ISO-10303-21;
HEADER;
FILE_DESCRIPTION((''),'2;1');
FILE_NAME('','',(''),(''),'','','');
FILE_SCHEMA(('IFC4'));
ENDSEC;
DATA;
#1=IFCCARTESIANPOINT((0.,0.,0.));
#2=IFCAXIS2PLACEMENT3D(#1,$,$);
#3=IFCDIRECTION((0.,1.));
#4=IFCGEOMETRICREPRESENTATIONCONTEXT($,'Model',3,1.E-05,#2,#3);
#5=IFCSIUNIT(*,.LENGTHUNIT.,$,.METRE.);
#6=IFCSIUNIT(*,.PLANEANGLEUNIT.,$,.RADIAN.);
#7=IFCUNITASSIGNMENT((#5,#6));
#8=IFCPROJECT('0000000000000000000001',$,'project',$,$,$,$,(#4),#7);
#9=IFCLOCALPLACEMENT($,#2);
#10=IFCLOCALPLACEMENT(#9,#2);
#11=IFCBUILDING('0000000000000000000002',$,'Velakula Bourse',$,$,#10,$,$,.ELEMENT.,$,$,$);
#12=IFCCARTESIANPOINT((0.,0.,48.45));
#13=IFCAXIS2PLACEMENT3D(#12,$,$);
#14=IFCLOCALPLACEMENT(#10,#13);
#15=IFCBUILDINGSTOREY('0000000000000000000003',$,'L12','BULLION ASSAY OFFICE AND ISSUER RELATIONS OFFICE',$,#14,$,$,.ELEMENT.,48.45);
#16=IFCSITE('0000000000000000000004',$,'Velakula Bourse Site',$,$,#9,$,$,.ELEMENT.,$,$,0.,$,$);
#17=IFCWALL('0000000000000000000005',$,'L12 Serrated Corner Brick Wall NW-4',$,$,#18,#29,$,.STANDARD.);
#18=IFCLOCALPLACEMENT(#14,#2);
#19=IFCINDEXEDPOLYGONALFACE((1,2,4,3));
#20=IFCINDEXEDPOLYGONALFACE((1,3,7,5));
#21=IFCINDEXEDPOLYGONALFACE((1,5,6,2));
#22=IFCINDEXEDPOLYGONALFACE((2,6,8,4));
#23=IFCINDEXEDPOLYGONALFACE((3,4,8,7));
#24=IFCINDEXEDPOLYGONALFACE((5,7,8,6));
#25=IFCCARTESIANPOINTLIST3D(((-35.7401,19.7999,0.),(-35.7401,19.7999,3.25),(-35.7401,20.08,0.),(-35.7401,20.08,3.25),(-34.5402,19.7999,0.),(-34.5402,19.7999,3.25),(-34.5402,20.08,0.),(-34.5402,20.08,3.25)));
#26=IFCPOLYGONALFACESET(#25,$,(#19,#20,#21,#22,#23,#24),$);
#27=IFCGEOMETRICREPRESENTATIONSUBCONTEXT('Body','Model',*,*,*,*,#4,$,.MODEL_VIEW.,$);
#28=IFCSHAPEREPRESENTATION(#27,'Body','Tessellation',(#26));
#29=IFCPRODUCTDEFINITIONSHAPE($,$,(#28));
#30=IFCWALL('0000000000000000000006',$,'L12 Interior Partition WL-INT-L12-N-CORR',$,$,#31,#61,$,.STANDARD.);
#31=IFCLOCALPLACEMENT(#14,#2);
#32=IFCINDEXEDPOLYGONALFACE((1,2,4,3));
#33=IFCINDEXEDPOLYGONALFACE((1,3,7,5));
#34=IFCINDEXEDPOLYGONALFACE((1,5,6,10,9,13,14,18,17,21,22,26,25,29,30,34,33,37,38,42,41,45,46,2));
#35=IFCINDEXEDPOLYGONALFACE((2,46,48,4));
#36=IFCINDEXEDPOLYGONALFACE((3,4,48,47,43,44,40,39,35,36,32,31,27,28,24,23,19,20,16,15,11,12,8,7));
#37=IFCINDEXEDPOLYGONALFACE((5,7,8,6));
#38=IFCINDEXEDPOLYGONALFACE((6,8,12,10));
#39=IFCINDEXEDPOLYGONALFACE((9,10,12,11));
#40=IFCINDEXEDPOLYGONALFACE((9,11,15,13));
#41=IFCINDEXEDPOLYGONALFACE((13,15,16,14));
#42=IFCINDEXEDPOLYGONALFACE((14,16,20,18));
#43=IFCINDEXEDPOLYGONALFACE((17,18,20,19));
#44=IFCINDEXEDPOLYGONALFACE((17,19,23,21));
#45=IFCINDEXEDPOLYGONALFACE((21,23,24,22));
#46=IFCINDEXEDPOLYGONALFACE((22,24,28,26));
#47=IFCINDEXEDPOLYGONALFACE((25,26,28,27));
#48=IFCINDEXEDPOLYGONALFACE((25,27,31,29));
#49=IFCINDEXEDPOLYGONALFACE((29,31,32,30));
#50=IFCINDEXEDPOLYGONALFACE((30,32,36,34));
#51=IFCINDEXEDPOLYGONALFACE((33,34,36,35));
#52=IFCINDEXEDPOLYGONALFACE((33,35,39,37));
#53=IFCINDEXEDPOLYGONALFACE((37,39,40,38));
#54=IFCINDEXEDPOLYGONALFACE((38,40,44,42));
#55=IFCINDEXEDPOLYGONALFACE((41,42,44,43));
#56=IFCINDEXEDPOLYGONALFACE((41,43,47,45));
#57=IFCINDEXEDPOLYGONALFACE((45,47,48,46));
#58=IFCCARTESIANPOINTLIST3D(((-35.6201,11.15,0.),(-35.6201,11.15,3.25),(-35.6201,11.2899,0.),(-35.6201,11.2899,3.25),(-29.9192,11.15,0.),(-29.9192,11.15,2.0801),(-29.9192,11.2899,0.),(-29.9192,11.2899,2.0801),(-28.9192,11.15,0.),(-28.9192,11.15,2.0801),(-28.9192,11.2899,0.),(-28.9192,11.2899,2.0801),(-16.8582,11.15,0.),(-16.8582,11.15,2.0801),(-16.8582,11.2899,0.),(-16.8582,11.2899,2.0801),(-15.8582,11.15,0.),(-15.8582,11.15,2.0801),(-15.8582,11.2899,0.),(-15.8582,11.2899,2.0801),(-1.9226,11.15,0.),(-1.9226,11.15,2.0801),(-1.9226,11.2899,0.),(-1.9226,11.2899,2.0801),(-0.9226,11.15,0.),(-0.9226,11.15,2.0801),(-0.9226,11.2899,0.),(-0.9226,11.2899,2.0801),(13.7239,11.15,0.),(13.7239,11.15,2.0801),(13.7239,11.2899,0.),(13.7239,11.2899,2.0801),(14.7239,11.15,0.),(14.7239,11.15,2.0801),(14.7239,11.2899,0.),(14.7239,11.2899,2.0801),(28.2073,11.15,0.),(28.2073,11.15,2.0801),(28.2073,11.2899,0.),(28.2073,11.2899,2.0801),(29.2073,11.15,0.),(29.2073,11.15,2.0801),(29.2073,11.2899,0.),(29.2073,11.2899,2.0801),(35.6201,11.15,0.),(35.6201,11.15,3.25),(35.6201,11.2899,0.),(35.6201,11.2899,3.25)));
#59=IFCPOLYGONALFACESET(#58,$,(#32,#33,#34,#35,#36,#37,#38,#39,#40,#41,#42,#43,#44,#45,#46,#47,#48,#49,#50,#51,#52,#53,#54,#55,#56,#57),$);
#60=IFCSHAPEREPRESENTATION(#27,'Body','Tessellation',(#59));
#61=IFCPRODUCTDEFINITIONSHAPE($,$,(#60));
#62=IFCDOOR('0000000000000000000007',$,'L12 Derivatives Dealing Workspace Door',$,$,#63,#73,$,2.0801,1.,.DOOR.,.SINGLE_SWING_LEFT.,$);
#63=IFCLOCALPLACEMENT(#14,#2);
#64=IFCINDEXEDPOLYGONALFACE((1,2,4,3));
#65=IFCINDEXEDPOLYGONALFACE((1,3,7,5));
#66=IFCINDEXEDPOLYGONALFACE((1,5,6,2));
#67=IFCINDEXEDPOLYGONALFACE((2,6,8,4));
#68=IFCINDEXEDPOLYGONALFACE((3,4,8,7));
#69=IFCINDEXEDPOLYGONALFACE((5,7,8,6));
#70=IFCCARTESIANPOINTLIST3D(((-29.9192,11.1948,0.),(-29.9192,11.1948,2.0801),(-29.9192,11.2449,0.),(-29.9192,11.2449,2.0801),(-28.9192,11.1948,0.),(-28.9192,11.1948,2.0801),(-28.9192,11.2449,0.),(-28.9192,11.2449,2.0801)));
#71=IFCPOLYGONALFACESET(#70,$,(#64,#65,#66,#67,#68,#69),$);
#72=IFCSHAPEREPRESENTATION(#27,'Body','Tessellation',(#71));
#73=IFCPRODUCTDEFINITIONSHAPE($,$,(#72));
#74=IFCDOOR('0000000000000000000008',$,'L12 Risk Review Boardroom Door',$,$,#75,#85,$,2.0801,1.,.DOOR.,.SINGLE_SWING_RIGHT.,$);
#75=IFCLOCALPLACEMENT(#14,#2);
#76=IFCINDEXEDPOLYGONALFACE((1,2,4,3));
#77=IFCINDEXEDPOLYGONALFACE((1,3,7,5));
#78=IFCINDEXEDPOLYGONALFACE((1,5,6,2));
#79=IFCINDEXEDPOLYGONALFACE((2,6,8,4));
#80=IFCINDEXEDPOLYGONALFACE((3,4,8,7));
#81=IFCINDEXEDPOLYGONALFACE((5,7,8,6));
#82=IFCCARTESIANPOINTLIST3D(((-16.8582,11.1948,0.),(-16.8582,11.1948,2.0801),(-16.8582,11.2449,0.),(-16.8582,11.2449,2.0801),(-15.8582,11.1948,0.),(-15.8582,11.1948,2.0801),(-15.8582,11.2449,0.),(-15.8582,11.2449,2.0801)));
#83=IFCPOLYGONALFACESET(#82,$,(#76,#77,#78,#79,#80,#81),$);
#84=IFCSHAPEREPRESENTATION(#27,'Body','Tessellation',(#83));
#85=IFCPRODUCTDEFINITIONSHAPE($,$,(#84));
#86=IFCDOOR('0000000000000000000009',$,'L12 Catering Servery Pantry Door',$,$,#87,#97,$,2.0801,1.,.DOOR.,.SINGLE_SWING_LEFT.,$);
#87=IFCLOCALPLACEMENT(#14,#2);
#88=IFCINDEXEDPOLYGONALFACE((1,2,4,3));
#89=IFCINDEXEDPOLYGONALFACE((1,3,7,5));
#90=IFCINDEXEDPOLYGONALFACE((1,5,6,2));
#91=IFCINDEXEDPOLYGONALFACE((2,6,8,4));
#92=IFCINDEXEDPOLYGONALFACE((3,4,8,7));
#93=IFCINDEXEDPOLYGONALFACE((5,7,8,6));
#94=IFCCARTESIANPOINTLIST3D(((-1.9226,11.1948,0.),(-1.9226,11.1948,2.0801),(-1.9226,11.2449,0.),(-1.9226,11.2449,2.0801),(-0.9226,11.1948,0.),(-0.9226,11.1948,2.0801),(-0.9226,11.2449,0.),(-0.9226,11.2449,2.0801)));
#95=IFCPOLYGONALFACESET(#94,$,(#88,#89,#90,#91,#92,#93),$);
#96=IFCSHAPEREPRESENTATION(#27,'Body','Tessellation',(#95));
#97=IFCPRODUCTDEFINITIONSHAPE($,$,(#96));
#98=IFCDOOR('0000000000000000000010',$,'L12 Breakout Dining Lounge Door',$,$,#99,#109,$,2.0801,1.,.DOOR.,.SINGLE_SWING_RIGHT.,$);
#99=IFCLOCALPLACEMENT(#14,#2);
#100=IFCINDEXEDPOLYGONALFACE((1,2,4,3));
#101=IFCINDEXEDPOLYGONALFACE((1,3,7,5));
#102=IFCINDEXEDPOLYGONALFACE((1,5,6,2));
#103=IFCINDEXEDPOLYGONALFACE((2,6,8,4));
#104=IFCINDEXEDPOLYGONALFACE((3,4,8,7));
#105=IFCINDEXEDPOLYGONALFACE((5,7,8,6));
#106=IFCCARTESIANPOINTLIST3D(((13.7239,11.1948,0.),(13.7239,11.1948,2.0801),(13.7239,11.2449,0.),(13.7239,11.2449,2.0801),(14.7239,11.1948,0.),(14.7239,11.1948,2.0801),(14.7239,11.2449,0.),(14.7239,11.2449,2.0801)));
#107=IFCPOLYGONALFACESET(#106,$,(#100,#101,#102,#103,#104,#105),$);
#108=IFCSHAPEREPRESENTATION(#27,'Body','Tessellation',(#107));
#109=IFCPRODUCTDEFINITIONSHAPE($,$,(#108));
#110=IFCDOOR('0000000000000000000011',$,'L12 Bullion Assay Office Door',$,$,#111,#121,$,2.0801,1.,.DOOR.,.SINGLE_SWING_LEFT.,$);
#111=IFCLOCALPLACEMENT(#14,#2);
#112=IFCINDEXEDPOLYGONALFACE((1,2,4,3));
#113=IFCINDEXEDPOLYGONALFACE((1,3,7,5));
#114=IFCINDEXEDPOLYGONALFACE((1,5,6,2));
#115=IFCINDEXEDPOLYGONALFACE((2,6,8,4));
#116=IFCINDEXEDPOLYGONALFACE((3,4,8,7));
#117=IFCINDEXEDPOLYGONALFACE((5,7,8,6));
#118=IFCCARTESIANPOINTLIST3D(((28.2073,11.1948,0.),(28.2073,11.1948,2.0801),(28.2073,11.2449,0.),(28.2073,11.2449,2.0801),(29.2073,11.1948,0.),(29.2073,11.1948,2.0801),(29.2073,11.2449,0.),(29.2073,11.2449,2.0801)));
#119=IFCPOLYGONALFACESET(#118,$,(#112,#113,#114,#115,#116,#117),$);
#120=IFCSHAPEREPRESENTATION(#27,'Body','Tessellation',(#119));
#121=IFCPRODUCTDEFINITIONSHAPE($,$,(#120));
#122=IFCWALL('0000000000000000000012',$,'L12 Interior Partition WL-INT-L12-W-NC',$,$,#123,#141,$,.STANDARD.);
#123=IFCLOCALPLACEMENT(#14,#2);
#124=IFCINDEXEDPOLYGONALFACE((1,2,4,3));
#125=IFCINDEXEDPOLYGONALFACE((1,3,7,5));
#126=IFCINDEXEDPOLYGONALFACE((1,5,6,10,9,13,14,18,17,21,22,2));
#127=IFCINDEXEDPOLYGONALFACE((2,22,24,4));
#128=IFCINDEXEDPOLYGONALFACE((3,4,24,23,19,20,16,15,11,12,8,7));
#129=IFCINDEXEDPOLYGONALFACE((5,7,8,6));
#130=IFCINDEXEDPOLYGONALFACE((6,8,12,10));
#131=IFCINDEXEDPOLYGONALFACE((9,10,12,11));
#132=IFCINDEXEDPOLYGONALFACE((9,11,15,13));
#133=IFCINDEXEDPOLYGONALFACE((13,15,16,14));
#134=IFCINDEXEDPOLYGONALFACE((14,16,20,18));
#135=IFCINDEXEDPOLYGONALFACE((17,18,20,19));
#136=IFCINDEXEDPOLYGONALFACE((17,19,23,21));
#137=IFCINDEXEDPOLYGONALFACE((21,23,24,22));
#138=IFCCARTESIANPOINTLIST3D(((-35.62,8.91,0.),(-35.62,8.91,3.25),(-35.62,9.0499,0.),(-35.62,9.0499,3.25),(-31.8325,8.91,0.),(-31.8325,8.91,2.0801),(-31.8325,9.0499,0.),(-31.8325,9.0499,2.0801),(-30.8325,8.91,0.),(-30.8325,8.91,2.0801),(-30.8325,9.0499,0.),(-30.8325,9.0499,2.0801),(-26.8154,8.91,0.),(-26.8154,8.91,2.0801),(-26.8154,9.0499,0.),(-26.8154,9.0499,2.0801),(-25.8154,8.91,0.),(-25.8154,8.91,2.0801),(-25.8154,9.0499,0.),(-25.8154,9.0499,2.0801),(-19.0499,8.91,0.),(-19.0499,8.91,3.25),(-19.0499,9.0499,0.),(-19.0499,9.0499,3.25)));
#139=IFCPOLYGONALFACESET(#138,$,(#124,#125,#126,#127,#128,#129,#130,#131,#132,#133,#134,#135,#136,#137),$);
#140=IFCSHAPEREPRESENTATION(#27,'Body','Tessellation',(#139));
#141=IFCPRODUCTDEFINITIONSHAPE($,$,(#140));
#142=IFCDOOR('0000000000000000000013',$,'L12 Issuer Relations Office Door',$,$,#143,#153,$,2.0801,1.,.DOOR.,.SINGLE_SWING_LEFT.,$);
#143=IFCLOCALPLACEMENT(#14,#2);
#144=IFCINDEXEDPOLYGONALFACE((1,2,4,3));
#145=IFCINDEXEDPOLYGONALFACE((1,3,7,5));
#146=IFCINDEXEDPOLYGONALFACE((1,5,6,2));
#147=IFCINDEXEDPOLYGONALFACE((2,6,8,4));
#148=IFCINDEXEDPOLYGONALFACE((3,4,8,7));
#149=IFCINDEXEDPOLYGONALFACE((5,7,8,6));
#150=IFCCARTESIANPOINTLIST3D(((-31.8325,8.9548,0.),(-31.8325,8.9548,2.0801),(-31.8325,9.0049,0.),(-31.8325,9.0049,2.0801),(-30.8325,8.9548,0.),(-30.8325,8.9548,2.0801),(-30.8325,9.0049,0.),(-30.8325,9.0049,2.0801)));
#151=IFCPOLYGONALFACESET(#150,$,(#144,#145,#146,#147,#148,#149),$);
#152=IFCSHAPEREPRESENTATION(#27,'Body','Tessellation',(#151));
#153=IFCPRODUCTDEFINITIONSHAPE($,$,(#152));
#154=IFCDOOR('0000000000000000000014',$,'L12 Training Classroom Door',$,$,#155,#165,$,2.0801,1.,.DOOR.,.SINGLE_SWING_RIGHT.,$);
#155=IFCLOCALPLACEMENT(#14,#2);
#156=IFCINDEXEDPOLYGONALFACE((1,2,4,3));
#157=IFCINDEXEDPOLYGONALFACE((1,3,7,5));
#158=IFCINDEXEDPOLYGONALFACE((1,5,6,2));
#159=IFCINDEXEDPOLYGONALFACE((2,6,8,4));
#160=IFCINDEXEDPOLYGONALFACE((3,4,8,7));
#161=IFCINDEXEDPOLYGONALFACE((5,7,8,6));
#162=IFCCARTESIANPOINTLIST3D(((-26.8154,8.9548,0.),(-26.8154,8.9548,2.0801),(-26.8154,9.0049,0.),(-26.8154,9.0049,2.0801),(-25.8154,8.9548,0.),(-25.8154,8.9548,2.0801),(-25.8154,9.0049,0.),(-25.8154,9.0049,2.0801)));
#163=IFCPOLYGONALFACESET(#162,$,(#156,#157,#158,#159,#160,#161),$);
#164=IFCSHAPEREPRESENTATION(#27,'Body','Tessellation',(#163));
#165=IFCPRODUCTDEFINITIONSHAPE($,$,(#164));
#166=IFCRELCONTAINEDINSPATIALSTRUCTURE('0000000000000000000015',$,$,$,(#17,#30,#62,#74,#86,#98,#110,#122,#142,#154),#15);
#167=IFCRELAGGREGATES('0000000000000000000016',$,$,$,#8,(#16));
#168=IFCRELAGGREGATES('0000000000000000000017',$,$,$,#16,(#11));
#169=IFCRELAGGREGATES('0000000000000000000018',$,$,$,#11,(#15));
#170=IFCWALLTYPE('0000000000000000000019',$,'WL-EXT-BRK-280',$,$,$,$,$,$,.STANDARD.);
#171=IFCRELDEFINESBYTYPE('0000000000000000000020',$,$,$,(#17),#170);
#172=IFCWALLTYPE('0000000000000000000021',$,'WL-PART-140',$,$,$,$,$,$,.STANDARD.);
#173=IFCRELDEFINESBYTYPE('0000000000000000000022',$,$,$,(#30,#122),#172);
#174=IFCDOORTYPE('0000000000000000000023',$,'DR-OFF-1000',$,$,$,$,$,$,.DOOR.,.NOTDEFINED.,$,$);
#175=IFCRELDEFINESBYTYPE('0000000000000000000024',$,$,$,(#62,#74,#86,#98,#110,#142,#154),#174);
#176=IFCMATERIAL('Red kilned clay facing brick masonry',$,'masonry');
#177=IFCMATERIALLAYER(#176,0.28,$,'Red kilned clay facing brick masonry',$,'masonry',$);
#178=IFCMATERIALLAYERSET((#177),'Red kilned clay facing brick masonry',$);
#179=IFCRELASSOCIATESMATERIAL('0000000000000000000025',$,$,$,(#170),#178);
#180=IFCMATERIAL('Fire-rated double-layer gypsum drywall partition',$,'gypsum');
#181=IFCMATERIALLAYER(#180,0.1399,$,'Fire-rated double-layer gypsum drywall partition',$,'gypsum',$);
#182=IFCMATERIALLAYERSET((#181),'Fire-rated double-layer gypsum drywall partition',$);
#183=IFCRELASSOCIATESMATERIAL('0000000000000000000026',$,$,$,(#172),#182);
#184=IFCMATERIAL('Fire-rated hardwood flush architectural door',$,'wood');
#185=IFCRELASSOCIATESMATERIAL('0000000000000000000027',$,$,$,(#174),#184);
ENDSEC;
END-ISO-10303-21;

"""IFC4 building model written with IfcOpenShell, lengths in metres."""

from ifc_helpers import new_model, si_unit, direction, frame, frame_2d, origin, place, context, subcontext, project, spatial, rectangle, extrude, material, layer, layer_set, type_object, element, fill, save


model = new_model("IFC4")

# Units and contexts
model_context = context("Model", 3, precision=1e-05, world=origin(), true_north=direction((0.0, 1.0)))
body_context = subcontext(model_context, "Body", "Model", "MODEL_VIEW")
ifc_project = project(units=[si_unit("LENGTHUNIT", "METRE"), si_unit("PLANEANGLEUNIT", "RADIAN")], contexts=[model_context])

# Site, building, storey
site_placement = place(None, origin())
site = spatial("IfcSite", under=ifc_project, at=site_placement, Name="Velakula Bourse Site", CompositionType="ELEMENT", RefElevation=0.0)
building_placement = place(site_placement, origin())
building = spatial("IfcBuilding", under=site, at=building_placement, Name="Velakula Bourse", CompositionType="ELEMENT")
storey_placement = place(building_placement, frame((0.0, 0.0, 48.45)))
storey = spatial("IfcBuildingStorey", under=building, at=storey_placement, Name="L12", Description="BULLION ASSAY OFFICE AND ISSUER RELATIONS OFFICE", CompositionType="ELEMENT", Elevation=48.45)

# Shared definitions
ifc_material_1 = material(Name="Red kilned clay facing brick masonry", Category="masonry")
ifc_layer_1 = layer(ifc_material_1, 0.28, Name="Red kilned clay facing brick masonry", Category="masonry")
ifc_layer_set_1 = layer_set([ifc_layer_1], Name="Red kilned clay facing brick masonry")
wall_type_1 = type_object("IfcWallType", Name="WL-EXT-BRK-280", PredefinedType="STANDARD", material=ifc_layer_set_1)

# Wall
for number, where, z_axis, x_axis, name in (
    (1, (-34.54, 19.9399, 0.0), (0.0, 0.0, 1.0), (-1.0, 0.0, 0.0), "L12 Serrated Corner Brick Wall NW-4"),
):
    element("IfcWall", number, at=place(storey_placement, frame(where, z_axis=z_axis, x_axis=x_axis)), inside=storey, type_object=wall_type_1, Name=name, PredefinedType="STANDARD", context=body_context, shape_type="SweptSolid", body=[
        extrude(rectangle(XDim=1.2, YDim=0.28, at=frame_2d((0.6001, 0.0))), origin(), (0.0, 0.0, 1.0), 3.25),
    ])

# Walls, openings, doors
ifc_material_2 = material(Name="Fire-rated double-layer gypsum drywall partition", Category="gypsum")
ifc_layer_2 = layer(ifc_material_2, 0.1399, Name="Fire-rated double-layer gypsum drywall partition", Category="gypsum")
ifc_layer_set_2 = layer_set([ifc_layer_2], Name="Fire-rated double-layer gypsum drywall partition")
wall_type_2 = type_object("IfcWallType", Name="WL-PART-140", PredefinedType="STANDARD", material=ifc_layer_set_2)
wall_1_placement = place(storey_placement, frame((-35.6201, 11.22, 0.0), z_axis=(0.0, 0.0, 1.0), x_axis=(1.0, 0.0, 0.0)))
wall_1 = element("IfcWall", 2, at=wall_1_placement, inside=storey, type_object=wall_type_2, Name="L12 Interior Partition WL-INT-L12-N-CORR", PredefinedType="STANDARD", context=body_context, shape_type="SweptSolid", body=[
    extrude(rectangle(XDim=71.2402, YDim=0.1399, at=frame_2d((35.6201, 0.0))), origin(), (0.0, 0.0, 1.0), 3.25),
])
opening_1_placement = place(wall_1_placement, frame((5.7009, 0.0, 0.0)))
opening_1 = element("IfcOpeningElement", 3, at=opening_1_placement, cuts=wall_1, PredefinedType="OPENING", context=body_context, shape_type="SweptSolid", body=[
    extrude(rectangle(XDim=1.0, YDim=2.0801, at=frame_2d((0.5, 1.04))), frame((0.0, 0.0798, 0.0), z_axis=(0.0, -1.0, 0.0), x_axis=(1.0, 0.0, 0.0)), (0.0, 0.0, 1.0), 0.1599),
])
opening_2_placement = place(wall_1_placement, frame((18.762, 0.0, 0.0)))
opening_2 = element("IfcOpeningElement", 4, at=opening_2_placement, cuts=wall_1, PredefinedType="OPENING", context=body_context, shape_type="SweptSolid", body=[
    extrude(rectangle(XDim=1.0, YDim=2.0801, at=frame_2d((0.5, 1.04))), frame((0.0, 0.0798, 0.0), z_axis=(0.0, -1.0, 0.0), x_axis=(1.0, 0.0, 0.0)), (0.0, 0.0, 1.0), 0.1599),
])
opening_3_placement = place(wall_1_placement, frame((33.6975, 0.0, 0.0)))
opening_3 = element("IfcOpeningElement", 5, at=opening_3_placement, cuts=wall_1, PredefinedType="OPENING", context=body_context, shape_type="SweptSolid", body=[
    extrude(rectangle(XDim=1.0, YDim=2.0801, at=frame_2d((0.5, 1.04))), frame((0.0, 0.0798, 0.0), z_axis=(0.0, -1.0, 0.0), x_axis=(1.0, 0.0, 0.0)), (0.0, 0.0, 1.0), 0.1599),
])
opening_4_placement = place(wall_1_placement, frame((49.344, 0.0, 0.0)))
opening_4 = element("IfcOpeningElement", 6, at=opening_4_placement, cuts=wall_1, PredefinedType="OPENING", context=body_context, shape_type="SweptSolid", body=[
    extrude(rectangle(XDim=1.0, YDim=2.0801, at=frame_2d((0.5, 1.04))), frame((0.0, 0.0798, 0.0), z_axis=(0.0, -1.0, 0.0), x_axis=(1.0, 0.0, 0.0)), (0.0, 0.0, 1.0), 0.1599),
])
opening_5_placement = place(wall_1_placement, frame((63.8274, 0.0, 0.0)))
opening_5 = element("IfcOpeningElement", 7, at=opening_5_placement, cuts=wall_1, PredefinedType="OPENING", context=body_context, shape_type="SweptSolid", body=[
    extrude(rectangle(XDim=1.0, YDim=2.0801, at=frame_2d((0.5, 1.04))), frame((0.0, 0.0798, 0.0), z_axis=(0.0, -1.0, 0.0), x_axis=(1.0, 0.0, 0.0)), (0.0, 0.0, 1.0), 0.1599),
])
ifc_material_3 = material(Name="Fire-rated hardwood flush architectural door", Category="wood")
door_type = type_object("IfcDoorType", Name="DR-OFF-1000", OperationType="NOTDEFINED", PredefinedType="DOOR", material=ifc_material_3)
door_1_placement = place(opening_1_placement, origin())
door_1 = element("IfcDoor", 8, at=door_1_placement, inside=storey, type_object=door_type, Name="L12 Derivatives Dealing Workspace Door", OperationType="SINGLE_SWING_LEFT", OverallHeight=2.0801, OverallWidth=1.0, PredefinedType="DOOR", context=body_context, shape_type="SweptSolid", body=[
    extrude(rectangle(XDim=1.0, YDim=2.0801, at=frame_2d((0.5, 1.04))), frame((0.0, 0.0249, 0.0), z_axis=(0.0, -1.0, 0.0), x_axis=(1.0, 0.0, 0.0)), (0.0, 0.0, 1.0), 0.05),
])
fill(opening_1, door_1)
door_2_placement = place(opening_2_placement, origin())
door_2 = element("IfcDoor", 9, at=door_2_placement, inside=storey, type_object=door_type, Name="L12 Risk Review Boardroom Door", OperationType="SINGLE_SWING_RIGHT", OverallHeight=2.0801, OverallWidth=1.0, PredefinedType="DOOR", context=body_context, shape_type="SweptSolid", body=[
    extrude(rectangle(XDim=1.0, YDim=2.0801, at=frame_2d((0.5, 1.04))), frame((0.0, 0.0249, 0.0), z_axis=(0.0, -1.0, 0.0), x_axis=(1.0, 0.0, 0.0)), (0.0, 0.0, 1.0), 0.05),
])
fill(opening_2, door_2)
door_3_placement = place(opening_3_placement, origin())
door_3 = element("IfcDoor", 10, at=door_3_placement, inside=storey, type_object=door_type, Name="L12 Catering Servery Pantry Door", OperationType="SINGLE_SWING_LEFT", OverallHeight=2.0801, OverallWidth=1.0, PredefinedType="DOOR", context=body_context, shape_type="SweptSolid", body=[
    extrude(rectangle(XDim=1.0, YDim=2.0801, at=frame_2d((0.5, 1.04))), frame((0.0, 0.0249, 0.0), z_axis=(0.0, -1.0, 0.0), x_axis=(1.0, 0.0, 0.0)), (0.0, 0.0, 1.0), 0.05),
])
fill(opening_3, door_3)
door_4_placement = place(opening_4_placement, origin())
door_4 = element("IfcDoor", 11, at=door_4_placement, inside=storey, type_object=door_type, Name="L12 Breakout Dining Lounge Door", OperationType="SINGLE_SWING_RIGHT", OverallHeight=2.0801, OverallWidth=1.0, PredefinedType="DOOR", context=body_context, shape_type="SweptSolid", body=[
    extrude(rectangle(XDim=1.0, YDim=2.0801, at=frame_2d((0.5, 1.04))), frame((0.0, 0.0249, 0.0), z_axis=(0.0, -1.0, 0.0), x_axis=(1.0, 0.0, 0.0)), (0.0, 0.0, 1.0), 0.05),
])
fill(opening_4, door_4)
door_5_placement = place(opening_5_placement, origin())
door_5 = element("IfcDoor", 12, at=door_5_placement, inside=storey, type_object=door_type, Name="L12 Bullion Assay Office Door", OperationType="SINGLE_SWING_LEFT", OverallHeight=2.0801, OverallWidth=1.0, PredefinedType="DOOR", context=body_context, shape_type="SweptSolid", body=[
    extrude(rectangle(XDim=1.0, YDim=2.0801, at=frame_2d((0.5, 1.04))), frame((0.0, 0.0249, 0.0), z_axis=(0.0, -1.0, 0.0), x_axis=(1.0, 0.0, 0.0)), (0.0, 0.0, 1.0), 0.05),
])
fill(opening_5, door_5)
wall_2_placement = place(storey_placement, frame((-35.6201, 8.98, 0.0), z_axis=(0.0, 0.0, 1.0), x_axis=(1.0, 0.0, 0.0)))
wall_2 = element("IfcWall", 13, at=wall_2_placement, inside=storey, type_object=wall_type_2, Name="L12 Interior Partition WL-INT-L12-W-NC", PredefinedType="STANDARD", context=body_context, shape_type="SweptSolid", body=[
    extrude(rectangle(XDim=16.5701, YDim=0.1399, at=frame_2d((8.2852, 0.0))), origin(), (0.0, 0.0, 1.0), 3.25),
])
opening_6_placement = place(wall_2_placement, frame((3.7876, 0.0, 0.0)))
opening_6 = element("IfcOpeningElement", 14, at=opening_6_placement, cuts=wall_2, PredefinedType="OPENING", context=body_context, shape_type="SweptSolid", body=[
    extrude(rectangle(XDim=1.0, YDim=2.0801, at=frame_2d((0.5, 1.04))), frame((0.0, 0.0798, 0.0), z_axis=(0.0, -1.0, 0.0), x_axis=(1.0, 0.0, 0.0)), (0.0, 0.0, 1.0), 0.1599),
])
opening_7_placement = place(wall_2_placement, frame((8.8047, 0.0, 0.0)))
opening_7 = element("IfcOpeningElement", 15, at=opening_7_placement, cuts=wall_2, PredefinedType="OPENING", context=body_context, shape_type="SweptSolid", body=[
    extrude(rectangle(XDim=1.0, YDim=2.0801, at=frame_2d((0.5, 1.04))), frame((0.0, 0.0798, 0.0), z_axis=(0.0, -1.0, 0.0), x_axis=(1.0, 0.0, 0.0)), (0.0, 0.0, 1.0), 0.1599),
])
door_6_placement = place(opening_6_placement, origin())
door_6 = element("IfcDoor", 16, at=door_6_placement, inside=storey, type_object=door_type, Name="L12 Issuer Relations Office Door", OperationType="SINGLE_SWING_LEFT", OverallHeight=2.0801, OverallWidth=1.0, PredefinedType="DOOR", context=body_context, shape_type="SweptSolid", body=[
    extrude(rectangle(XDim=1.0, YDim=2.0801, at=frame_2d((0.5, 1.04))), frame((0.0, 0.0249, 0.0), z_axis=(0.0, -1.0, 0.0), x_axis=(1.0, 0.0, 0.0)), (0.0, 0.0, 1.0), 0.05),
])
fill(opening_6, door_6)
door_7_placement = place(opening_7_placement, origin())
door_7 = element("IfcDoor", 17, at=door_7_placement, inside=storey, type_object=door_type, Name="L12 Training Classroom Door", OperationType="SINGLE_SWING_RIGHT", OverallHeight=2.0801, OverallWidth=1.0, PredefinedType="DOOR", context=body_context, shape_type="SweptSolid", body=[
    extrude(rectangle(XDim=1.0, YDim=2.0801, at=frame_2d((0.5, 1.04))), frame((0.0, 0.0249, 0.0), z_axis=(0.0, -1.0, 0.0), x_axis=(1.0, 0.0, 0.0)), (0.0, 0.0, 1.0), 0.05),
])
fill(opening_7, door_7)

save(model, "model.ifc")
